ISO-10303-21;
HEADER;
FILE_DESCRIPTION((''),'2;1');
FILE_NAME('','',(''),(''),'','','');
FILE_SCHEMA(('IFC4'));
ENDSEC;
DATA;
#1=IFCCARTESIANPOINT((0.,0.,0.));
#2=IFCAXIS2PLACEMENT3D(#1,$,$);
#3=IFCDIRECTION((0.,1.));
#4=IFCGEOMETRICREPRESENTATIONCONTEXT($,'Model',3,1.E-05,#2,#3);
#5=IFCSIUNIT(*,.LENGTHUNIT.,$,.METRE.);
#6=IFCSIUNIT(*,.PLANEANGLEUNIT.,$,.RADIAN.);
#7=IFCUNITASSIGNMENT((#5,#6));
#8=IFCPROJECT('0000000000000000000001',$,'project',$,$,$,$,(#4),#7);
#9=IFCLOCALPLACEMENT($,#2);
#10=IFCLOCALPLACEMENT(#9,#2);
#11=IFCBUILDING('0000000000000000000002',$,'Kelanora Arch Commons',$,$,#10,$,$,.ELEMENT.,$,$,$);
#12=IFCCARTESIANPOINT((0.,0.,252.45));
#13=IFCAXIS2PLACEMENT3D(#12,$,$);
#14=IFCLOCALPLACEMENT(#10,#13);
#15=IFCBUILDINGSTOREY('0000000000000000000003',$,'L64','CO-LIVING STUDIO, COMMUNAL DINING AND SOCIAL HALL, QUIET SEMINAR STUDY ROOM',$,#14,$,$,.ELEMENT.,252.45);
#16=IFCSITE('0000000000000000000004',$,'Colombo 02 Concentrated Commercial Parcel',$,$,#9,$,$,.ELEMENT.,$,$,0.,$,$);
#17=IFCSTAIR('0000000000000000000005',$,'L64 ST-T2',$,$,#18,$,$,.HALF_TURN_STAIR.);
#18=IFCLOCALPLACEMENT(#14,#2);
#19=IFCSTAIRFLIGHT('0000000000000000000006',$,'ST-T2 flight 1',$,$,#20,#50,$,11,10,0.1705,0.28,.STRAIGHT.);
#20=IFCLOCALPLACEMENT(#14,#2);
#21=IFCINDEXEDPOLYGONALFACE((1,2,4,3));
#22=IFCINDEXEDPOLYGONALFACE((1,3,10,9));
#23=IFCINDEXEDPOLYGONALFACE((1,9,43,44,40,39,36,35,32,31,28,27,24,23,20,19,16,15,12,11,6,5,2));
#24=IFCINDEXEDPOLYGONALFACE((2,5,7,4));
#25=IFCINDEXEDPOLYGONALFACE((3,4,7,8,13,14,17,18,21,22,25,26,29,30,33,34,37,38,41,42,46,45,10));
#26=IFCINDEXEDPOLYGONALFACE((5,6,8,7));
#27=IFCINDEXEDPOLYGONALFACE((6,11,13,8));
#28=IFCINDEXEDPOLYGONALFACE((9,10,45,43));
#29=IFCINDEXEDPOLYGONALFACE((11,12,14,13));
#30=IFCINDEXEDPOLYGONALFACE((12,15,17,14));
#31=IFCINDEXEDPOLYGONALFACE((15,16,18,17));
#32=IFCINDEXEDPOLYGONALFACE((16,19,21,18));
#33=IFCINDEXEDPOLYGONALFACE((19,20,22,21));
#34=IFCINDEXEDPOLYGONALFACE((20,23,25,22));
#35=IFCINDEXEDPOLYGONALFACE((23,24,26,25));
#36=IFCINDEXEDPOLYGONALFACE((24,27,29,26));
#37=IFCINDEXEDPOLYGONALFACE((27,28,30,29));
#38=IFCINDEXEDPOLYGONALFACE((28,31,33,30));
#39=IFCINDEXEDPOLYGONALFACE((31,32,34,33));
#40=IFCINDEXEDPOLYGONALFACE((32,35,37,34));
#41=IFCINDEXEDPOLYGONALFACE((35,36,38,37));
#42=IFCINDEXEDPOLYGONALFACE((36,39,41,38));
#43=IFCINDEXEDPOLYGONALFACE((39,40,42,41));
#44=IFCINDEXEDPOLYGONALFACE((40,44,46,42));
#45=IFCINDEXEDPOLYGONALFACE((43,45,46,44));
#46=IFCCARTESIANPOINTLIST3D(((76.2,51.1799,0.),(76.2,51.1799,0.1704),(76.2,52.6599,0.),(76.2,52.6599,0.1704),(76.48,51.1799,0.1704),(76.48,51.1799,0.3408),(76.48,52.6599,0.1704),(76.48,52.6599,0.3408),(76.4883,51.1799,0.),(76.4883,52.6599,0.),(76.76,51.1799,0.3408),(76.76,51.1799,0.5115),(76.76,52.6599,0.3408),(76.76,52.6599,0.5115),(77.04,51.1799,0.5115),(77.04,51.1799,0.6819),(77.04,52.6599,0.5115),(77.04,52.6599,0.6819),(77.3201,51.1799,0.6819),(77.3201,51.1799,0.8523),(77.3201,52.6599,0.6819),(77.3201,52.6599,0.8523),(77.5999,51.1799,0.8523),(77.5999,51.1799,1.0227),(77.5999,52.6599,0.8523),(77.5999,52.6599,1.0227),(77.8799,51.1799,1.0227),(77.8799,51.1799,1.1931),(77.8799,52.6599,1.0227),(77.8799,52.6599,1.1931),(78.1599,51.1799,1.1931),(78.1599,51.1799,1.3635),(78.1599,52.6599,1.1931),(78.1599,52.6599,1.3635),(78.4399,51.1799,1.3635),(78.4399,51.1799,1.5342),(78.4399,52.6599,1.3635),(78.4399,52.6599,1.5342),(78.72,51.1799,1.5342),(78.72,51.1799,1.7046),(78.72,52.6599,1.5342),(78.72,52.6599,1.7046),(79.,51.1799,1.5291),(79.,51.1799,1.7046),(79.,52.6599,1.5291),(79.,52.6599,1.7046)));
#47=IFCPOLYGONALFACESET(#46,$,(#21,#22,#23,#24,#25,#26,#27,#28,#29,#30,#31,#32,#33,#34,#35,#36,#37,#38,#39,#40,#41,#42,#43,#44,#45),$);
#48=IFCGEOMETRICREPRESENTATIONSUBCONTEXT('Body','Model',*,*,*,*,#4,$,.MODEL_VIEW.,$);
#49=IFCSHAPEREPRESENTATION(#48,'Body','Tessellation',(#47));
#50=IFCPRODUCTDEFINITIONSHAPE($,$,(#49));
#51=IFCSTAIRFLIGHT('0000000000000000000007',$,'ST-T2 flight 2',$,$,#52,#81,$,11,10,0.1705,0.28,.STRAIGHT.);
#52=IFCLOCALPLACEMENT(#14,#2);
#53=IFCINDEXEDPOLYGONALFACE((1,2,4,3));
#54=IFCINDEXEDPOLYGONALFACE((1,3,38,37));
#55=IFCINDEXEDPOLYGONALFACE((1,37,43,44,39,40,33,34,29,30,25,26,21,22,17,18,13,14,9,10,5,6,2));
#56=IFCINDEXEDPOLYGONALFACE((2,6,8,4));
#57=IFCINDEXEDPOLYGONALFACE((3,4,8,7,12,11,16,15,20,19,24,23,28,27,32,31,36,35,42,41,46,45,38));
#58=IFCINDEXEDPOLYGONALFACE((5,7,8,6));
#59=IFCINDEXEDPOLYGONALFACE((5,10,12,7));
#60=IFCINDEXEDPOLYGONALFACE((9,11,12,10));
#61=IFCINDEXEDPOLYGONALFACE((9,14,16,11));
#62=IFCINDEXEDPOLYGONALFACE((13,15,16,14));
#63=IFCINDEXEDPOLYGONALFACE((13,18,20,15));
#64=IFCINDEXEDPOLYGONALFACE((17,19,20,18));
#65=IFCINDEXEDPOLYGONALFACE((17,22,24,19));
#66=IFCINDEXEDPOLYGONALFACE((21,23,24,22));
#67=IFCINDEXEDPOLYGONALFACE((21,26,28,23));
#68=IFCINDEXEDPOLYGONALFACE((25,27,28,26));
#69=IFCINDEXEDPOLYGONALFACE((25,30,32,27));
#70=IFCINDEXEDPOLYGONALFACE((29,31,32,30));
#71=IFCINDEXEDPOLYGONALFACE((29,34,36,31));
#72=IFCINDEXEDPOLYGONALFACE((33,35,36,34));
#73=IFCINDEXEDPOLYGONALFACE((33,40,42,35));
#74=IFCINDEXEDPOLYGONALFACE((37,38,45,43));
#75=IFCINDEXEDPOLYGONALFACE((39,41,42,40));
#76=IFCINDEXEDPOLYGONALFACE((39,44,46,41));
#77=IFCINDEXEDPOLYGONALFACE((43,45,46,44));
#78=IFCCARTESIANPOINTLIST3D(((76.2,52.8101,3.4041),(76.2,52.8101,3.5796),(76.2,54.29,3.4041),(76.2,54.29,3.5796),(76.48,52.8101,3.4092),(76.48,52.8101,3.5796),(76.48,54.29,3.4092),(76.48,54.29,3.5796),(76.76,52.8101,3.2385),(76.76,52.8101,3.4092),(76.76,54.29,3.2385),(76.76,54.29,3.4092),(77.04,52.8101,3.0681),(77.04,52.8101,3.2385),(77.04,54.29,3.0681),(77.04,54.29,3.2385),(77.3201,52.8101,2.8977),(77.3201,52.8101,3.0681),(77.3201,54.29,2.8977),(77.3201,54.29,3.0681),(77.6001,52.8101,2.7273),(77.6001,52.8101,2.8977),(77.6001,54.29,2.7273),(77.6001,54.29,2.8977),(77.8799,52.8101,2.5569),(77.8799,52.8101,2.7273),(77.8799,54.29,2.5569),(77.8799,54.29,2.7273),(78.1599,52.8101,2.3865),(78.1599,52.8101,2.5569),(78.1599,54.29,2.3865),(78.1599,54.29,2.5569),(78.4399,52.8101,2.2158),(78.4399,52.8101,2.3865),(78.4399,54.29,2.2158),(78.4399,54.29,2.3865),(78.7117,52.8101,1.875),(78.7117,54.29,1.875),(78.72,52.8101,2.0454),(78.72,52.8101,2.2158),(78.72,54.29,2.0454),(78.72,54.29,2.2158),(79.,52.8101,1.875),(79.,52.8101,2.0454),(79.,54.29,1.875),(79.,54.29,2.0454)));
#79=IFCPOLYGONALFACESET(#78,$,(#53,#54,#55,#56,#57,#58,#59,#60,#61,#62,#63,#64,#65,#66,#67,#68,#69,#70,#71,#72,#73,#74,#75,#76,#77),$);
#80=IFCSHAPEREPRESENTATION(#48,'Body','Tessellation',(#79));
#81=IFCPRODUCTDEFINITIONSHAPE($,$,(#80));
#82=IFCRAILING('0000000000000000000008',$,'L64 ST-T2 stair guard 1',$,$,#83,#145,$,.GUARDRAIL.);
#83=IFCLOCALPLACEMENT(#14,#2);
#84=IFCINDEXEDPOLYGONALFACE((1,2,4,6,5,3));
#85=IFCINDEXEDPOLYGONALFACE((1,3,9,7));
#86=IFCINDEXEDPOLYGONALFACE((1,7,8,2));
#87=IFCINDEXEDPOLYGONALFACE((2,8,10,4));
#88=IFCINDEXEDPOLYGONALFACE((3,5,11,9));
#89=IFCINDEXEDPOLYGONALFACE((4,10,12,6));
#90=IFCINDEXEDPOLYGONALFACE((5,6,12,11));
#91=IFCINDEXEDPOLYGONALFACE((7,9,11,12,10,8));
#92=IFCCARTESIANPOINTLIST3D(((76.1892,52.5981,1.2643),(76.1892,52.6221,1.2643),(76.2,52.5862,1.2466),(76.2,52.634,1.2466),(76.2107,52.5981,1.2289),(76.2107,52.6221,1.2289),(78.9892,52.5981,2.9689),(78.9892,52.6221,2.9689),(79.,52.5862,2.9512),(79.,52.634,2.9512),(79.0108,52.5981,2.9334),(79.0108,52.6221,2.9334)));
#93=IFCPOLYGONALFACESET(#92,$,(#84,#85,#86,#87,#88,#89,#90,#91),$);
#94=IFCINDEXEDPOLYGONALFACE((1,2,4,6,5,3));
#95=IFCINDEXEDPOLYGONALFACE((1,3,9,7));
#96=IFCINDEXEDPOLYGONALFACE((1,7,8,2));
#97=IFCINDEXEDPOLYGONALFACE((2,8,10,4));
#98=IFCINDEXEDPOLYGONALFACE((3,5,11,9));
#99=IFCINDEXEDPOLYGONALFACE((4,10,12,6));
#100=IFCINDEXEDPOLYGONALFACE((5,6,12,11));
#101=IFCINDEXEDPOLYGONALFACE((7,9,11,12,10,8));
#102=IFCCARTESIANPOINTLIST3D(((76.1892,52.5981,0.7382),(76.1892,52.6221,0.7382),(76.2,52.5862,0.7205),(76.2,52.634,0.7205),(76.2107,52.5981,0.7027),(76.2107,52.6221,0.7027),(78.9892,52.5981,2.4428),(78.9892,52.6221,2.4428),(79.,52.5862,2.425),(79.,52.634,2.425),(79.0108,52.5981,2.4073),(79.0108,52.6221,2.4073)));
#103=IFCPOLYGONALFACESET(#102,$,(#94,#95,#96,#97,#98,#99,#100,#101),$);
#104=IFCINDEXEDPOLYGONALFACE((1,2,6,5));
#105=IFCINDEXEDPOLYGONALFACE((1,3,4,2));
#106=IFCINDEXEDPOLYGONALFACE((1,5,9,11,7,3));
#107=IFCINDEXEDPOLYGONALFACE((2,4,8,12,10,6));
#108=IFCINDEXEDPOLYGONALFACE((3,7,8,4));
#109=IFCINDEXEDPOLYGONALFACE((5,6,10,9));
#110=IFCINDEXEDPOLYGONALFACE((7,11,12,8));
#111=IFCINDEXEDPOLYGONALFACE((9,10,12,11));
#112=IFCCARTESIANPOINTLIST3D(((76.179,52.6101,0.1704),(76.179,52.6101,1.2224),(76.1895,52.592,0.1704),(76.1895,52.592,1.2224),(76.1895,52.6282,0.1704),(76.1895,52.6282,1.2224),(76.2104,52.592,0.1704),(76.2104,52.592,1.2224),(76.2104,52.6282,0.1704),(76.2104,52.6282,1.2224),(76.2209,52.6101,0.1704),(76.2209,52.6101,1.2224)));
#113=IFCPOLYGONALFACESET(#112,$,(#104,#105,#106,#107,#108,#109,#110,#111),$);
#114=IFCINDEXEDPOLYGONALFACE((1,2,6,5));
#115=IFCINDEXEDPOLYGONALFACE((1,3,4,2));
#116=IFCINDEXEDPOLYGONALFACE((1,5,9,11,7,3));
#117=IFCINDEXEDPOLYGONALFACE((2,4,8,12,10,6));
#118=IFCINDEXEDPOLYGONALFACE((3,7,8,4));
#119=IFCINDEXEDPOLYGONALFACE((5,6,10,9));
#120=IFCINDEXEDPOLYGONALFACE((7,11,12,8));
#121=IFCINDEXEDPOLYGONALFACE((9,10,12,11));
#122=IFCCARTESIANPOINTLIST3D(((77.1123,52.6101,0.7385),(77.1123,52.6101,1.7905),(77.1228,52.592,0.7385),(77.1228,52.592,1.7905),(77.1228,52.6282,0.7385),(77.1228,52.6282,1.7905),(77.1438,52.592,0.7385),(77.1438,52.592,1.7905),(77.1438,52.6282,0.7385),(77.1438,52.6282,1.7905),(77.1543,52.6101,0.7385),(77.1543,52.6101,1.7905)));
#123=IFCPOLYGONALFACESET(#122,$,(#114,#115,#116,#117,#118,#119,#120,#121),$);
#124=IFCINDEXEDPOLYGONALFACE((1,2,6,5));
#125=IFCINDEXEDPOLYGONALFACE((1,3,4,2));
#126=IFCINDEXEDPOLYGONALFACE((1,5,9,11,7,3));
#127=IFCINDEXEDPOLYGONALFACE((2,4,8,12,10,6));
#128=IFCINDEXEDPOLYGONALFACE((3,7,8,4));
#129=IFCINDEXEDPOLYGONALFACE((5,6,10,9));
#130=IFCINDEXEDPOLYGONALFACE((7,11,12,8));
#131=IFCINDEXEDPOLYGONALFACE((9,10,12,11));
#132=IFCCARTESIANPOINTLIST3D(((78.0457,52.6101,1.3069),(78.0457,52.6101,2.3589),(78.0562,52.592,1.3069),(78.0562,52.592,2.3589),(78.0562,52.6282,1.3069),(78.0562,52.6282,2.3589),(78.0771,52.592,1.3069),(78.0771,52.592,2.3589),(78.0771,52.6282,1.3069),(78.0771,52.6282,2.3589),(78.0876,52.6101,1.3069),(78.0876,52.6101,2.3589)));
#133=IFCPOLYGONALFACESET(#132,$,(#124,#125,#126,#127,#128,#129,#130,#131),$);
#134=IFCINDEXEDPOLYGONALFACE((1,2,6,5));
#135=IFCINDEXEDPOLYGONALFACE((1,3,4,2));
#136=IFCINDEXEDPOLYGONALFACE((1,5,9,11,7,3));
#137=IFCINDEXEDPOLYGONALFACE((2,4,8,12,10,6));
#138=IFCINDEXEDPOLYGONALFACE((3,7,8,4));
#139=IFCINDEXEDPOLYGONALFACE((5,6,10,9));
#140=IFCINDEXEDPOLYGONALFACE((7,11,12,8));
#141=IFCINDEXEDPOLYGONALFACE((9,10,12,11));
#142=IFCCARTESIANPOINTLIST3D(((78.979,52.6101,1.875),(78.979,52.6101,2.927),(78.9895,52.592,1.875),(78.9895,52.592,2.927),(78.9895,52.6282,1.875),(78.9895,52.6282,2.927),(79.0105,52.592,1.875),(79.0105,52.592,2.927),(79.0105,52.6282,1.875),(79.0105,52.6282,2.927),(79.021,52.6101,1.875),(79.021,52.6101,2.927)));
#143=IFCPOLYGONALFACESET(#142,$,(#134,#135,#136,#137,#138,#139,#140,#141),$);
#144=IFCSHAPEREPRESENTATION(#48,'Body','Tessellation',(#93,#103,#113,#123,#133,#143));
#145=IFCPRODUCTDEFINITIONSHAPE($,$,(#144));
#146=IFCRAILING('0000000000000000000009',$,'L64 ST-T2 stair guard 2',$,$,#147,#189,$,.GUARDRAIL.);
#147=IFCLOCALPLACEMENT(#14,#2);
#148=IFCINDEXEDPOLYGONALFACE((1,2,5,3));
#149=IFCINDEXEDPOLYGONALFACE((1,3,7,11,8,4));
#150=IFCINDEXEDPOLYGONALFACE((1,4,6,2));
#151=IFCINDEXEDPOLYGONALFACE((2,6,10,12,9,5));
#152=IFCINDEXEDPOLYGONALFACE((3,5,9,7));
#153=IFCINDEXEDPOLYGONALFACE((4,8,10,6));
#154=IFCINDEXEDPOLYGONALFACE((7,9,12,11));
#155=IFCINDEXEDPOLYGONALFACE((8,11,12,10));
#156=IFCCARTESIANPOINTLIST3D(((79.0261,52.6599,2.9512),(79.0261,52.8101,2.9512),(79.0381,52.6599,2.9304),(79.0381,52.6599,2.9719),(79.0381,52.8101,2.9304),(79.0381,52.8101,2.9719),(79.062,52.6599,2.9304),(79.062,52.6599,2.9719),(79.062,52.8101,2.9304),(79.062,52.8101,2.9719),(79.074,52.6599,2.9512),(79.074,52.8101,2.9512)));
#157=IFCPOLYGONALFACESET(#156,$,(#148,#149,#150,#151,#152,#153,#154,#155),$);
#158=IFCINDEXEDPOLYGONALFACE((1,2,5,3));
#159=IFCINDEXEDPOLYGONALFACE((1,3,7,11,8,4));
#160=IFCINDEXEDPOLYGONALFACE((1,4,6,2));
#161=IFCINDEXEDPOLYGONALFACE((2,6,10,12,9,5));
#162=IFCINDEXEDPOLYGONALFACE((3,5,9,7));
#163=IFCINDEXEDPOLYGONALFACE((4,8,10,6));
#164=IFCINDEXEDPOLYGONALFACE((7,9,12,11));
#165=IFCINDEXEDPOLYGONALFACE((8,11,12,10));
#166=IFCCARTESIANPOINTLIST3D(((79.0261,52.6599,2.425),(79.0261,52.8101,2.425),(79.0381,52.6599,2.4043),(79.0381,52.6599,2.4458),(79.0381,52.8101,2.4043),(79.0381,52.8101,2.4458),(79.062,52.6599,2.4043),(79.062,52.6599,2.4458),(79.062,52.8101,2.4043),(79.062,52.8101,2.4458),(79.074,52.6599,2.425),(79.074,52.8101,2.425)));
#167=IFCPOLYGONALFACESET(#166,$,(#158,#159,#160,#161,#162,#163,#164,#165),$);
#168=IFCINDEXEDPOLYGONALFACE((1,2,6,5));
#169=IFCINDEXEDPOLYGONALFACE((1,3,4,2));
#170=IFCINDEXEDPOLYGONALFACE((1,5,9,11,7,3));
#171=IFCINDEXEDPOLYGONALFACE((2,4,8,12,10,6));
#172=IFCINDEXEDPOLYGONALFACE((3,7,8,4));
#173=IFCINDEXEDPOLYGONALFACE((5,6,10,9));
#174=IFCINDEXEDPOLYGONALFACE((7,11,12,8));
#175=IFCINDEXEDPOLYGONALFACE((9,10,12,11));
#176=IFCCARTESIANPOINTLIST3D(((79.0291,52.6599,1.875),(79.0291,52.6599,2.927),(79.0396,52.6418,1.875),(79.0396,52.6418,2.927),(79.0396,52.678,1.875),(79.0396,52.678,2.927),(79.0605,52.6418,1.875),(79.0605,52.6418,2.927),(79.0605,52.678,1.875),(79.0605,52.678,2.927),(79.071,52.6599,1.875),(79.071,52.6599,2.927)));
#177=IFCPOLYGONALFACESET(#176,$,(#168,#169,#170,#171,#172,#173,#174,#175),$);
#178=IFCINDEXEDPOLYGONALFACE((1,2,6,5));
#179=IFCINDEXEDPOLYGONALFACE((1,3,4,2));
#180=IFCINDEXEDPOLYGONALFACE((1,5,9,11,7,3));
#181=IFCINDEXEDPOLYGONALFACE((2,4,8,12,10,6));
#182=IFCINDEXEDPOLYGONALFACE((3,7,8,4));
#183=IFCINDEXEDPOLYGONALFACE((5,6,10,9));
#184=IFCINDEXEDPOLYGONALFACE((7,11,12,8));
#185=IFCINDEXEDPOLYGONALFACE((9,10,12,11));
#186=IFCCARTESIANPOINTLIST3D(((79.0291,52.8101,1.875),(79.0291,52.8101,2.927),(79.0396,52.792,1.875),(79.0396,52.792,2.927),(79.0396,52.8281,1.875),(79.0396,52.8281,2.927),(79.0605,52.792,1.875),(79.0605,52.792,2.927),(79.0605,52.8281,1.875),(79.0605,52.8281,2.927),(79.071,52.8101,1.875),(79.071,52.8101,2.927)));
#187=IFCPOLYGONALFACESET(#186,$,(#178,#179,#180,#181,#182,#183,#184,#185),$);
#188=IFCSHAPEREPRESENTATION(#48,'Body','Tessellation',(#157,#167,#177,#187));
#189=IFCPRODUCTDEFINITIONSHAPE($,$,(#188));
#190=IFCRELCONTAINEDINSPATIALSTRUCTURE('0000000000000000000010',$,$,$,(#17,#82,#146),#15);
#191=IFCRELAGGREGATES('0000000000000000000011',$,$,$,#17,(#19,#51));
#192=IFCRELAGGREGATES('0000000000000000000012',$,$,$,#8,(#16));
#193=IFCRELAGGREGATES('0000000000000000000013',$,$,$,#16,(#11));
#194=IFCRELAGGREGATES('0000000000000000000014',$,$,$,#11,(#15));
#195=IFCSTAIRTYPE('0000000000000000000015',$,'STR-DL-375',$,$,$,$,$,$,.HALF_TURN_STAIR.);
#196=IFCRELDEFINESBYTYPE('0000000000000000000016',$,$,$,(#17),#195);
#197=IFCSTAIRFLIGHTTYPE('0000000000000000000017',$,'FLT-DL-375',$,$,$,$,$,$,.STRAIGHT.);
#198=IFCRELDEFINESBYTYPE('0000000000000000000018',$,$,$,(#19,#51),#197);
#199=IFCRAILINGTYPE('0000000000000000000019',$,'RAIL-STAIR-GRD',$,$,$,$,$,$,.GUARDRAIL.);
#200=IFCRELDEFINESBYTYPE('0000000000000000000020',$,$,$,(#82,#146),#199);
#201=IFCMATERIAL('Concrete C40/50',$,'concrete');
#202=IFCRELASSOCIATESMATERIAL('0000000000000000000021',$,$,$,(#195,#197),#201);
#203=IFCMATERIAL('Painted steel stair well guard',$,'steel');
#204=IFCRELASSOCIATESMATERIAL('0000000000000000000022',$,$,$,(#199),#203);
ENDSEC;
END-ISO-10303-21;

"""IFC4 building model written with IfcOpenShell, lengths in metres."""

from ifc_helpers import new_model, si_unit, direction, frame, origin, place, context, subcontext, project, spatial, polyline, outline, extrude, material, type_object, element, aggregate, save


model = new_model("IFC4")

# Units and contexts
model_context = context("Model", 3, precision=1e-05, world=origin(), true_north=direction((0.0, 1.0)))
body_context = subcontext(model_context, "Body", "Model", "MODEL_VIEW")
ifc_project = project(units=[si_unit("LENGTHUNIT", "METRE"), si_unit("PLANEANGLEUNIT", "RADIAN")], contexts=[model_context])

# Site, building, storey
site_placement = place(None, origin())
site = spatial("IfcSite", under=ifc_project, at=site_placement, Name="Colombo 02 Concentrated Commercial Parcel", CompositionType="ELEMENT", RefElevation=0.0)
building_placement = place(site_placement, origin())
building = spatial("IfcBuilding", under=site, at=building_placement, Name="Kelanora Arch Commons", CompositionType="ELEMENT")
storey_placement = place(building_placement, frame((0.0, 0.0, 252.45)))
storey = spatial("IfcBuildingStorey", under=building, at=storey_placement, Name="L64", Description="CO-LIVING STUDIO, COMMUNAL DINING AND SOCIAL HALL, QUIET SEMINAR STUDY ROOM", CompositionType="ELEMENT", Elevation=252.45)

# Shared definitions
ifc_material_1 = material(Name="Concrete C40/50", Category="concrete")

# Stair, stair flights
stair_type = type_object("IfcStairType", Name="STR-DL-375", PredefinedType="HALF_TURN_STAIR", material=ifc_material_1)
stair_placement = place(storey_placement, origin())
stair = element("IfcStair", 1, at=stair_placement, inside=storey, type_object=stair_type, Name="L64 ST-T2", PredefinedType="HALF_TURN_STAIR")
stair_flight_type = type_object("IfcStairFlightType", Name="FLT-DL-375", PredefinedType="STRAIGHT", material=ifc_material_1)
stair_flight_1_placement = place(storey_placement, frame((76.2, 51.9199, 0.0), z_axis=(0.0, 0.0, 1.0), x_axis=(1.0, 0.0, 0.0)))
stair_flight_1 = element("IfcStairFlight", 2, at=stair_flight_1_placement, type_object=stair_flight_type, Name="ST-T2 flight 1", NumberOfRisers=11, NumberOfTreads=10, PredefinedType="STRAIGHT", RiserHeight=0.1705, TreadLength=0.28, context=body_context, shape_type="SweptSolid", body=[
    extrude(outline(polyline([(0.0, 0.0), (0.0, 0.1704), (0.28, 0.1704), (0.28, 0.3408), (0.5601, 0.3408), (0.5601, 0.5115), (0.8401, 0.5115), (0.8401, 0.6819), (1.1201, 0.6819), (1.1201, 0.8523), (1.3999, 0.8523), (1.3999, 1.0227), (1.6799, 1.0227), (1.6799, 1.1931), (1.96, 1.1931), (1.96, 1.3635), (2.24, 1.3635), (2.24, 1.5342), (2.52, 1.5342), (2.52, 1.7046), (2.8, 1.7046), (2.8, 1.875), (2.8, 1.5291), (0.2883, 0.0), (0.0, 0.0)])), frame((0.0, 0.74, 0.0), z_axis=(0.0, -1.0, 0.0), x_axis=(1.0, 0.0, 0.0)), (0.0, 0.0, 1.0), 1.48),
])
stair_flight_2_placement = place(storey_placement, frame((79.0, 53.55, 1.875), z_axis=(0.0, 0.0, 1.0), x_axis=(-1.0, 0.0, 0.0)))
stair_flight_2 = element("IfcStairFlight", 3, at=stair_flight_2_placement, type_object=stair_flight_type, Name="ST-T2 flight 2", NumberOfRisers=11, NumberOfTreads=10, PredefinedType="STRAIGHT", RiserHeight=0.1705, TreadLength=0.28, context=body_context, shape_type="SweptSolid", body=[
    extrude(outline(polyline([(0.0, 0.0), (0.0, 0.1704), (0.28, 0.1704), (0.28, 0.3408), (0.5601, 0.3408), (0.5601, 0.5115), (0.8401, 0.5115), (0.8401, 0.6819), (1.1201, 0.6819), (1.1201, 0.8523), (1.3999, 0.8523), (1.3999, 1.0227), (1.6799, 1.0227), (1.6799, 1.1931), (1.96, 1.1931), (1.96, 1.3635), (2.24, 1.3635), (2.24, 1.5342), (2.52, 1.5342), (2.52, 1.7046), (2.8, 1.7046), (2.8, 1.875), (2.8, 1.5291), (0.2883, 0.0), (0.0, 0.0)])), frame((0.0, 0.74, 0.0), z_axis=(0.0, -1.0, 0.0), x_axis=(1.0, 0.0, 0.0)), (0.0, 0.0, 1.0), 1.48),
])
aggregate(stair, [stair_flight_1, stair_flight_2])

# Railings
ifc_material_2 = material(Name="Painted steel stair well guard", Category="steel")
railing_type_1 = type_object("IfcRailingType", Name="RAIL-STAIR-GRD", PredefinedType="GUARDRAIL", material=ifc_material_2)
railing_1_placement = place(storey_placement, frame((76.2, 52.6101, 0.1704)))
element("IfcRailing", 4, at=railing_1_placement, inside=storey, type_object=railing_type_1, Name="L64 ST-T2 stair guard 1", PredefinedType="GUARDRAIL", context=body_context, shape_type="SweptSolid", body=[
    extrude(outline(polyline([(0.0239, 0.0), (0.012, 0.0208), (-0.012, 0.0208), (-0.0239, 0.0), (-0.012, -0.0208), (0.012, -0.0208), (0.0239, 0.0)])), frame((0.0, 0.0, 1.0762), z_axis=(0.85417, 0.0, 0.519994), x_axis=(0.0, 1.0, 0.0)), (0.0, 0.0, 1.0), 3.2781),
    extrude(outline(polyline([(0.0239, 0.0), (0.012, 0.0208), (-0.012, 0.0208), (-0.0239, 0.0), (-0.012, -0.0208), (0.012, -0.0208), (0.0239, 0.0)])), frame((0.0, 0.0, 0.55), z_axis=(0.85417, 0.0, 0.519994), x_axis=(0.0, 1.0, 0.0)), (0.0, 0.0, 1.0), 3.2781),
    extrude(outline(polyline([(0.021, 0.0), (0.0105, 0.0181), (-0.0105, 0.0181), (-0.021, 0.0), (-0.0105, -0.0181), (0.0105, -0.0181), (0.021, 0.0)])), origin(), (0.0, 0.0, 1.0), 1.052),
    extrude(outline(polyline([(0.021, 0.0), (0.0105, 0.0181), (-0.0105, 0.0181), (-0.021, 0.0), (-0.0105, -0.0181), (0.0105, -0.0181), (0.021, 0.0)])), frame((0.9333, 0.0, 0.5681)), (0.0, 0.0, 1.0), 1.052),
    extrude(outline(polyline([(0.021, 0.0), (0.0105, 0.0181), (-0.0105, 0.0181), (-0.021, 0.0), (-0.0105, -0.0181), (0.0105, -0.0181), (0.021, 0.0)])), frame((1.8667, 0.0, 1.1365)), (0.0, 0.0, 1.0), 1.052),
    extrude(outline(polyline([(0.021, 0.0), (0.0105, 0.0181), (-0.0105, 0.0181), (-0.021, 0.0), (-0.0105, -0.0181), (0.0105, -0.0181), (0.021, 0.0)])), frame((2.8, 0.0, 1.7046)), (0.0, 0.0, 1.0), 1.052),
])
railing_2_placement = place(storey_placement, frame((79.05, 52.6599, 1.875)))
element("IfcRailing", 5, at=railing_2_placement, inside=storey, type_object=railing_type_1, Name="L64 ST-T2 stair guard 2", PredefinedType="GUARDRAIL", context=body_context, shape_type="SweptSolid", body=[
    extrude(outline(polyline([(0.0239, 0.0), (0.012, 0.0208), (-0.012, 0.0208), (-0.0239, 0.0), (-0.012, -0.0208), (0.012, -0.0208), (0.0239, 0.0)])), frame((0.0, 0.0, 1.0762), z_axis=(0.0, 1.0, 0.0), x_axis=(-1.0, 0.0, 0.0)), (0.0, 0.0, 1.0), 0.1501),
    extrude(outline(polyline([(0.0239, 0.0), (0.012, 0.0208), (-0.012, 0.0208), (-0.0239, 0.0), (-0.012, -0.0208), (0.012, -0.0208), (0.0239, 0.0)])), frame((0.0, 0.0, 0.55), z_axis=(0.0, 1.0, 0.0), x_axis=(-1.0, 0.0, 0.0)), (0.0, 0.0, 1.0), 0.1501),
    extrude(outline(polyline([(0.021, 0.0), (0.0105, 0.0181), (-0.0105, 0.0181), (-0.021, 0.0), (-0.0105, -0.0181), (0.0105, -0.0181), (0.021, 0.0)])), origin(), (0.0, 0.0, 1.0), 1.052),
    extrude(outline(polyline([(0.021, 0.0), (0.0105, 0.0181), (-0.0105, 0.0181), (-0.021, 0.0), (-0.0105, -0.0181), (0.0105, -0.0181), (0.021, 0.0)])), frame((0.0, 0.1501, 0.0)), (0.0, 0.0, 1.0), 1.052),
])

save(model, "model.ifc")
